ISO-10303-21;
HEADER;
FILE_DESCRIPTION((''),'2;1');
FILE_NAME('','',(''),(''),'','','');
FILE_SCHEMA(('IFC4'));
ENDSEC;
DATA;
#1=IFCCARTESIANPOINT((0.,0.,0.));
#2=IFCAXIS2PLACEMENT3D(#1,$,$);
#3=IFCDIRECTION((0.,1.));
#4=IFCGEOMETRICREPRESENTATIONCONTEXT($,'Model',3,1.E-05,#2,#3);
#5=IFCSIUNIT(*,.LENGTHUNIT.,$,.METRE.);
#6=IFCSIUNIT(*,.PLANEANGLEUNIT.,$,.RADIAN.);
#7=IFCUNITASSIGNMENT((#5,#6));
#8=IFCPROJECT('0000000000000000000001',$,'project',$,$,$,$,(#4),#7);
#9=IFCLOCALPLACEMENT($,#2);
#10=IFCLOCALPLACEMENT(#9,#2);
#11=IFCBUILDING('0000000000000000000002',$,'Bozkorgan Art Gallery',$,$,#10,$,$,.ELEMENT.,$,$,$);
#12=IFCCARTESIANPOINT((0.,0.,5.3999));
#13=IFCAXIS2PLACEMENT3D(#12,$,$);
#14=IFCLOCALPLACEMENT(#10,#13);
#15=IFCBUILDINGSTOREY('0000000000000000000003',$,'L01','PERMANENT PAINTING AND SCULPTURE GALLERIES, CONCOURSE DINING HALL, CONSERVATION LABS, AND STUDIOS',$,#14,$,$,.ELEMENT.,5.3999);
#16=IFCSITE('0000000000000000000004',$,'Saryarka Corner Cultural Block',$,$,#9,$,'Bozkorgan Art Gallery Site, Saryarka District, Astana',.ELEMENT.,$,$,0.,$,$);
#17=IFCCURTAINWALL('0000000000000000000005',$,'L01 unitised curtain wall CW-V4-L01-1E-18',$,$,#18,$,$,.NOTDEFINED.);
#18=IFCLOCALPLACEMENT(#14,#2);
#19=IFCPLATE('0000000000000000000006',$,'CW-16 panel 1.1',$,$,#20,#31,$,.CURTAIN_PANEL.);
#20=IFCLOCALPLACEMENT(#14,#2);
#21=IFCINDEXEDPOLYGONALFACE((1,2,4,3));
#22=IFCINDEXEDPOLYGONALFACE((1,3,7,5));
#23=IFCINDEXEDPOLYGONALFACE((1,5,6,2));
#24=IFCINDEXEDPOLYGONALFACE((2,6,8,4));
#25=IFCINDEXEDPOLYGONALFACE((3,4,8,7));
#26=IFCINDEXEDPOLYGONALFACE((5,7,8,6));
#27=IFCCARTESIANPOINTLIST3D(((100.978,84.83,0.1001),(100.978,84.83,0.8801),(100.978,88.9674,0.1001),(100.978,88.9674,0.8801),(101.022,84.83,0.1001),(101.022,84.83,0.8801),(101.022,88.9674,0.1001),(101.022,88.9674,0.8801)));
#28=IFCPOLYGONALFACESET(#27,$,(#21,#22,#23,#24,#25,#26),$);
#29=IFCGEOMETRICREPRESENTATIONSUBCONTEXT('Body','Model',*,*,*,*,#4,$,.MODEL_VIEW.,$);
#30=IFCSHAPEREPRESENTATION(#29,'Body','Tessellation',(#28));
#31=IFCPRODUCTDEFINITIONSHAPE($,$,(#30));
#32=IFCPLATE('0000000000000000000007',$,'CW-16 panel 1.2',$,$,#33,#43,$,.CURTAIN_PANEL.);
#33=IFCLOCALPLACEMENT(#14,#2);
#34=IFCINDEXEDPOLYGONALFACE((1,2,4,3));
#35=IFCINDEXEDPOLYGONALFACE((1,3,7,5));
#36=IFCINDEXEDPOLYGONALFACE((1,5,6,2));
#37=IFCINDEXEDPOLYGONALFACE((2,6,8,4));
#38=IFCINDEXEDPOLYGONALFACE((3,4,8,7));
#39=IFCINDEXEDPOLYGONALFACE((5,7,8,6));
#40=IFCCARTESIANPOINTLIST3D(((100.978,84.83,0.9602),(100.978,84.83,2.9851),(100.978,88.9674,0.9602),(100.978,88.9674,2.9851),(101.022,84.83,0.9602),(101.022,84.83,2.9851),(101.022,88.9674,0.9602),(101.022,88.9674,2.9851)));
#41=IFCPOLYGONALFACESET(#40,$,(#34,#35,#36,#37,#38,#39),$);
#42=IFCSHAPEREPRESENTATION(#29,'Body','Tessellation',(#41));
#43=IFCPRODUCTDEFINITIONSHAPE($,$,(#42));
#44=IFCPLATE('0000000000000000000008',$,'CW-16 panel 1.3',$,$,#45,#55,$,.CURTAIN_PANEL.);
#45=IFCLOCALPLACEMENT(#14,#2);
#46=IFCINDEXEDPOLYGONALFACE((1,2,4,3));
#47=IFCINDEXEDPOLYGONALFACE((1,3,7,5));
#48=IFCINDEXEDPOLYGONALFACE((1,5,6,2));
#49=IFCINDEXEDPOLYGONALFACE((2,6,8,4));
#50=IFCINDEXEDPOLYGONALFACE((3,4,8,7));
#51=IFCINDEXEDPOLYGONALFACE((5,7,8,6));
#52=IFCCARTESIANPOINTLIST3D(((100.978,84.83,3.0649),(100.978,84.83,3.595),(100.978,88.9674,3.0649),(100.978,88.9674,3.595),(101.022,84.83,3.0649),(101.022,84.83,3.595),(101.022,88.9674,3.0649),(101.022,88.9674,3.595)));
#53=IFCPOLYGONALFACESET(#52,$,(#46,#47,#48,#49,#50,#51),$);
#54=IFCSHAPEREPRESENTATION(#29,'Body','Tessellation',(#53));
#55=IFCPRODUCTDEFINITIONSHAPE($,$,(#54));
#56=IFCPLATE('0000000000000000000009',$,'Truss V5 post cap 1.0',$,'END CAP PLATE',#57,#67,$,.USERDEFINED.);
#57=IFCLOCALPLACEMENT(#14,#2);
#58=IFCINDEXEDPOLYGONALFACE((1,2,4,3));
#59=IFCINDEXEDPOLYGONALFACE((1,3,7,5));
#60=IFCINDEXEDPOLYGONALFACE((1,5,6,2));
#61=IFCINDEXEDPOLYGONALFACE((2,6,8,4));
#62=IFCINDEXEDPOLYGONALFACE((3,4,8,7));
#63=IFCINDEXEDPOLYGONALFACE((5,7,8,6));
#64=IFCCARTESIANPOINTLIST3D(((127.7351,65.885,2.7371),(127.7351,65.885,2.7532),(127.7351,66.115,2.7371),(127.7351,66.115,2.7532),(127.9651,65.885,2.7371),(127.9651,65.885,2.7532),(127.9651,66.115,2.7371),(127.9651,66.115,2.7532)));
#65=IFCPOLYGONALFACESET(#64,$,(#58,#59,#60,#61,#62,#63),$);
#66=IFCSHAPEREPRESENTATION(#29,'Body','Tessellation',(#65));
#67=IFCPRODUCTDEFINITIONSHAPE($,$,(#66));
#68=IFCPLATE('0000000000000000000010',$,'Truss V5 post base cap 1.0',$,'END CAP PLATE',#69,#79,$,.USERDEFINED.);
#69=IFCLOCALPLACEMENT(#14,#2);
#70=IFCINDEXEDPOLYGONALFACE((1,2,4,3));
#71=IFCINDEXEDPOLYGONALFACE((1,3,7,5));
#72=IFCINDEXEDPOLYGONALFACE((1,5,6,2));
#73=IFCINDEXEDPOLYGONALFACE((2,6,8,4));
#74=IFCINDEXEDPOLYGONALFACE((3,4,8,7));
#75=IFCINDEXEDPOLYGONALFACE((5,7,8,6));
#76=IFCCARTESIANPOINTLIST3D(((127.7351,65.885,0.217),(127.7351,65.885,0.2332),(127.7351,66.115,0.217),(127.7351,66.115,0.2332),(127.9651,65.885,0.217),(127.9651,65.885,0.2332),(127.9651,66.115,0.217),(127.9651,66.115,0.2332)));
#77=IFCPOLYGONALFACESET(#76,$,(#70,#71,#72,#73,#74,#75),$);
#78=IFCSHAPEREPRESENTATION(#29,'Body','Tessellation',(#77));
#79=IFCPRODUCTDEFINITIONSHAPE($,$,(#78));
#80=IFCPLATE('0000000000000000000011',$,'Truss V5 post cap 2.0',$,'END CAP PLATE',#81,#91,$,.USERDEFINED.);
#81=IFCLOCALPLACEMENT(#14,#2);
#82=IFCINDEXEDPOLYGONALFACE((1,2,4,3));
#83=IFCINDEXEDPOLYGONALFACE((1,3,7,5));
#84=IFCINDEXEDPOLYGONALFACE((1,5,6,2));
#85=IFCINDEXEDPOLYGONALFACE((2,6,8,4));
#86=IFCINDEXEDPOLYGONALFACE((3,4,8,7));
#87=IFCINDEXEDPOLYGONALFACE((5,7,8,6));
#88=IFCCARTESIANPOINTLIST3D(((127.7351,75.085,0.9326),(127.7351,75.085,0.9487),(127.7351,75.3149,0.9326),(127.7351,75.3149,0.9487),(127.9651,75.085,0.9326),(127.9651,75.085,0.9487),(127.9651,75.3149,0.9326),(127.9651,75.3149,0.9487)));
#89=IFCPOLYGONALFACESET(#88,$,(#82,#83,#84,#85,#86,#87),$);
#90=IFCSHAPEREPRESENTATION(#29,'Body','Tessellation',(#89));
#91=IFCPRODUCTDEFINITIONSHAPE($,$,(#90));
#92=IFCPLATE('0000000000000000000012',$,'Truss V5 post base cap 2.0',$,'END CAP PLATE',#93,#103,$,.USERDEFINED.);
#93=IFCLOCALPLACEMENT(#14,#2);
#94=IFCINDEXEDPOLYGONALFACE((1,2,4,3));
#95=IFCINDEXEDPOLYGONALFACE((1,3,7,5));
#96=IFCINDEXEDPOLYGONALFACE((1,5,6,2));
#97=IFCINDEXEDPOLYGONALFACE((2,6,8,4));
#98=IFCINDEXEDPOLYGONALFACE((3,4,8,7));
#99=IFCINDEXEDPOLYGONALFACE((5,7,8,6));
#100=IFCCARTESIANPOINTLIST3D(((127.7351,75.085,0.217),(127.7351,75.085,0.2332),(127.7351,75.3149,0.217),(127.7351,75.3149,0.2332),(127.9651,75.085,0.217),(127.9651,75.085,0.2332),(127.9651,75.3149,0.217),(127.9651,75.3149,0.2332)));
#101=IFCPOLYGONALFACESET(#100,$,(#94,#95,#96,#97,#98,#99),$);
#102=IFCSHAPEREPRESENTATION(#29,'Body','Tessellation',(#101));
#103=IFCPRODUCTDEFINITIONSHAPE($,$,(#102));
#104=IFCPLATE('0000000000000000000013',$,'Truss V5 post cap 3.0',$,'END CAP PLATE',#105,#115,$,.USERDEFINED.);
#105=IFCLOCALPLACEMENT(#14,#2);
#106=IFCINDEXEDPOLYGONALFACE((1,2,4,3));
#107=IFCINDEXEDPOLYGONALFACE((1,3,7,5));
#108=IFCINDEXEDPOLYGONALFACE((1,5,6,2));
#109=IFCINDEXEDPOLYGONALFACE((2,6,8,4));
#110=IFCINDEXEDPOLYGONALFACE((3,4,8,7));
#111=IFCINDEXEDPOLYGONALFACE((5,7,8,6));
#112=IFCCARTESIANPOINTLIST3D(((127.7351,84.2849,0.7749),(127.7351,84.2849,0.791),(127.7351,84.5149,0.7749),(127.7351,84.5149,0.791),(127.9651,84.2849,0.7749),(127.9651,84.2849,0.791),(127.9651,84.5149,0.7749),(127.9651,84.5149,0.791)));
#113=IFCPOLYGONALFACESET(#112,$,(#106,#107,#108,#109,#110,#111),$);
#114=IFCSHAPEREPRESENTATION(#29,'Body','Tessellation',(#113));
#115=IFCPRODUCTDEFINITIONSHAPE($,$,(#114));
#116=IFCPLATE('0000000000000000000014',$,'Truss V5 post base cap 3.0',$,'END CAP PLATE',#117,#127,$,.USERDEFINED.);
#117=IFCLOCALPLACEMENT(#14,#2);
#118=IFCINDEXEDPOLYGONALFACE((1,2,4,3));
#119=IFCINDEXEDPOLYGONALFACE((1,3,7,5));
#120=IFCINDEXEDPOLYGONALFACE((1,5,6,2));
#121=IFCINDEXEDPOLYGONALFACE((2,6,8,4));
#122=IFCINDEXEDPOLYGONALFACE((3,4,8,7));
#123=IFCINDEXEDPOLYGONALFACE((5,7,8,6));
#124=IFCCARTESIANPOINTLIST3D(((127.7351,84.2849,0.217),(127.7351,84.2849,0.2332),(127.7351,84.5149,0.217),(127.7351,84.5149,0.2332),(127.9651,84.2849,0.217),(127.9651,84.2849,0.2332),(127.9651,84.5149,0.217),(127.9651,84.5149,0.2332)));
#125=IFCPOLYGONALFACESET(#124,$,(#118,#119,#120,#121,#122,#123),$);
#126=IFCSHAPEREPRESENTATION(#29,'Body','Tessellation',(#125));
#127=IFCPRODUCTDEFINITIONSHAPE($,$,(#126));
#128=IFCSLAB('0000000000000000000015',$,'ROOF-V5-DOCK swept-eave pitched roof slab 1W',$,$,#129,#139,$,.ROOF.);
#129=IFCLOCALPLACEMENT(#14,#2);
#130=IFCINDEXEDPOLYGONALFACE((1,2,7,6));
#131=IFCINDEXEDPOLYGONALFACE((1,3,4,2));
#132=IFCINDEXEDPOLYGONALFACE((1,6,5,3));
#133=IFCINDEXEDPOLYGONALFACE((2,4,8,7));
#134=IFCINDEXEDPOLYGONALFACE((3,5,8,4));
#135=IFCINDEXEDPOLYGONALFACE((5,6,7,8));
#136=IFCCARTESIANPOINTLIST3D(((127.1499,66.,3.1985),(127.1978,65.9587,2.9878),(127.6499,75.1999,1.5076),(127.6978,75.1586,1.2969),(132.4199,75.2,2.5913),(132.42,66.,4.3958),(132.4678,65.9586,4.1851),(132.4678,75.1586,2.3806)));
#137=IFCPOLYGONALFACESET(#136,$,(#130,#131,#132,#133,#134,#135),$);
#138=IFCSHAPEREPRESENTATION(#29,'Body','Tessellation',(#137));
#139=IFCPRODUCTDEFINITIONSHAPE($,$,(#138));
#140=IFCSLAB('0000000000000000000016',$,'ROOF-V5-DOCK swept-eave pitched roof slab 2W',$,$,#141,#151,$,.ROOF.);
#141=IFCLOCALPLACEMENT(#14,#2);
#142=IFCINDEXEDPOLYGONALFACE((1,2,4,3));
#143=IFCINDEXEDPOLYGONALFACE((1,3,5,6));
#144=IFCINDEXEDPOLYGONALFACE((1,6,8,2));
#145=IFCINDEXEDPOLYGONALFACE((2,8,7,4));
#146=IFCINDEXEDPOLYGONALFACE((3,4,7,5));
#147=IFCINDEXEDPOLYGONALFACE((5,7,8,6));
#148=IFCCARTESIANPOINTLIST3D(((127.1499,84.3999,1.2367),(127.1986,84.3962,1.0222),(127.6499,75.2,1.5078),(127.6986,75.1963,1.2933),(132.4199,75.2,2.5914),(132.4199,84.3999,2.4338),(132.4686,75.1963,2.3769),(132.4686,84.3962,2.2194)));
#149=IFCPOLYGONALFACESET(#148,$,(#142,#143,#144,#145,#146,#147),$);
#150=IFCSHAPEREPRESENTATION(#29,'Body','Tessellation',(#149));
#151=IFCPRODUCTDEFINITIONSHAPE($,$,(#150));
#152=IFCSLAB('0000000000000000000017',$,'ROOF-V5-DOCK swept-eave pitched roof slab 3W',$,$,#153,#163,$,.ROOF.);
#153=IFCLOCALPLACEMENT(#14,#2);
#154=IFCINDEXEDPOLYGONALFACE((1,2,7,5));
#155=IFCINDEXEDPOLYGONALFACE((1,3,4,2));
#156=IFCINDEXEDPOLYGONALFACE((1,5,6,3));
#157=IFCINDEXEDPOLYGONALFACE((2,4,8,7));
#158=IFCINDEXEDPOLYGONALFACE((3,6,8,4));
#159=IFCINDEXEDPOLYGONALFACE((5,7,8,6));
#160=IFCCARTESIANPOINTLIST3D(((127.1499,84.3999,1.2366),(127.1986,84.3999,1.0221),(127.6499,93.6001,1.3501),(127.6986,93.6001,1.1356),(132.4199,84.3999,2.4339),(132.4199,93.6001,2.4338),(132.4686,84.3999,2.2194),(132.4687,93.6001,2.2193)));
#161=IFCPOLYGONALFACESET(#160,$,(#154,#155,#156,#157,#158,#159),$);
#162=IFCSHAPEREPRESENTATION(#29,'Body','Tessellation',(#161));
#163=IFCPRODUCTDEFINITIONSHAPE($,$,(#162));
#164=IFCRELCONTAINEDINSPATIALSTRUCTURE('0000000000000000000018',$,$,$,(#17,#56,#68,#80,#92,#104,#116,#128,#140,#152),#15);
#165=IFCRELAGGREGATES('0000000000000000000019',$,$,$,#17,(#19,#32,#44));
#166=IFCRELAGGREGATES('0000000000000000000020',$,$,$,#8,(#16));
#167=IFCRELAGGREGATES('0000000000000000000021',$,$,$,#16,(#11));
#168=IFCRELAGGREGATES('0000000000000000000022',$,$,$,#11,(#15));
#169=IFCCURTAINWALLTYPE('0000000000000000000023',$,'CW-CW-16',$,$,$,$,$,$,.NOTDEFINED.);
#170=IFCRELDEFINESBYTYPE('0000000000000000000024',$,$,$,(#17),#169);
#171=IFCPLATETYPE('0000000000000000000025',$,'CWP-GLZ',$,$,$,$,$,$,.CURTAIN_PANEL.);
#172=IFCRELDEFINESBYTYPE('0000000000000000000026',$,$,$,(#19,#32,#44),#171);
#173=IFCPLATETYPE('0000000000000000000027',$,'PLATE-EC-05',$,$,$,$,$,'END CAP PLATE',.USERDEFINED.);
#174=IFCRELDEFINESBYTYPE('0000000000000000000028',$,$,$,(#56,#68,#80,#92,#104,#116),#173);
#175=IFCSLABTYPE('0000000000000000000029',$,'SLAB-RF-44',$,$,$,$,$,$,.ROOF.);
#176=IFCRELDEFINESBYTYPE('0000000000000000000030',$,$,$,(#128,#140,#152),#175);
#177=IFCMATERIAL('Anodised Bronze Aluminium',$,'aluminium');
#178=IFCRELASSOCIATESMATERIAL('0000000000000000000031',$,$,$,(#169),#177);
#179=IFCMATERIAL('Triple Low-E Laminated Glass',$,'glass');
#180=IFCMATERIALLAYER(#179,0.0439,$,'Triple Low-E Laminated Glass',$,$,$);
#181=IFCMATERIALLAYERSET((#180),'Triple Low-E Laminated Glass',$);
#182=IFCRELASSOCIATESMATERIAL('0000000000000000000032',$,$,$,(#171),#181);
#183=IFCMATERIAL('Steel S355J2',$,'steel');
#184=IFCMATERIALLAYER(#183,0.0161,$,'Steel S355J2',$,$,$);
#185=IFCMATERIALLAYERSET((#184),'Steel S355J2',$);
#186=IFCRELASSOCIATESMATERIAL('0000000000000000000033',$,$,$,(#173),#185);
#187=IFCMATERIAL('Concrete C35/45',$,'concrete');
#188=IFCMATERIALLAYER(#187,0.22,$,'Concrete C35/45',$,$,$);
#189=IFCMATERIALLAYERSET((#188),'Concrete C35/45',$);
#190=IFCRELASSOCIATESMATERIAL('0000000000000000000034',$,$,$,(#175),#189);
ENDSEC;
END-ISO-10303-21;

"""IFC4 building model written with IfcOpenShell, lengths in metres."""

from ifc_helpers import new_model, si_unit, direction, frame, origin, origin_2d, place, context, subcontext, project, spatial, polyline, rectangle, outline, extrude, material, layer, layer_set, type_object, element, aggregate, save


model = new_model("IFC4")

# Units and contexts
model_context = context("Model", 3, precision=1e-05, world=origin(), true_north=direction((0.0, 1.0)))
body_context = subcontext(model_context, "Body", "Model", "MODEL_VIEW")
ifc_project = project(units=[si_unit("LENGTHUNIT", "METRE"), si_unit("PLANEANGLEUNIT", "RADIAN")], contexts=[model_context])

# Site, building, storey
site_placement = place(None, origin())
site = spatial("IfcSite", under=ifc_project, at=site_placement, Name="Saryarka Corner Cultural Block", LongName="Bozkorgan Art Gallery Site, Saryarka District, Astana", CompositionType="ELEMENT", RefElevation=0.0)
building_placement = place(site_placement, origin())
building = spatial("IfcBuilding", under=site, at=building_placement, Name="Bozkorgan Art Gallery", CompositionType="ELEMENT")
storey_placement = place(building_placement, frame((0.0, 0.0, 5.3999)))
storey = spatial("IfcBuildingStorey", under=building, at=storey_placement, Name="L01", Description="PERMANENT PAINTING AND SCULPTURE GALLERIES, CONCOURSE DINING HALL, CONSERVATION LABS, AND STUDIOS", CompositionType="ELEMENT", Elevation=5.3999)

# Shared definitions
ifc_material_1 = material(Name="Concrete C35/45", Category="concrete")
ifc_material_2 = material(Name="Steel S355J2", Category="steel")

# Shared definitions
ifc_material_3 = material(Name="Anodised Bronze Aluminium", Category="aluminium")
curtain_wall_type = type_object("IfcCurtainWallType", Name="CW-CW-16", PredefinedType="NOTDEFINED", material=ifc_material_3)

# Curtain wall
curtain_wall_1_placement = place(storey_placement, origin())
curtain_wall_1 = element("IfcCurtainWall", 1, at=curtain_wall_1_placement, inside=storey, type_object=curtain_wall_type, Name="L01 unitised curtain wall CW-V4-L01-1E-18", PredefinedType="NOTDEFINED")

# Plates
ifc_material_4 = material(Name="Triple Low-E Laminated Glass", Category="glass")
ifc_layer_1 = layer(ifc_material_4, 0.0439, Name="Triple Low-E Laminated Glass")
ifc_layer_set_1 = layer_set([ifc_layer_1], Name="Triple Low-E Laminated Glass")
plate_type_1 = type_object("IfcPlateType", Name="CWP-GLZ", PredefinedType="CURTAIN_PANEL", material=ifc_layer_set_1)
plate_1_placement = place(storey_placement, frame((101.0, 86.8987, 0.1001), z_axis=(0.0, 0.0, 1.0), x_axis=(0.0, 1.0, 0.0)))
plate_1 = element("IfcPlate", 2, at=plate_1_placement, type_object=plate_type_1, Name="CW-16 panel 1.1", PredefinedType="CURTAIN_PANEL", context=body_context, shape_type="SweptSolid", body=[
    extrude(rectangle(XDim=4.1375, YDim=0.0439, at=origin_2d()), origin(), (0.0, 0.0, 1.0), 0.78),
])
plate_2_placement = place(storey_placement, frame((101.0, 86.8987, 0.9602), z_axis=(0.0, 0.0, 1.0), x_axis=(0.0, 1.0, 0.0)))
plate_2 = element("IfcPlate", 3, at=plate_2_placement, type_object=plate_type_1, Name="CW-16 panel 1.2", PredefinedType="CURTAIN_PANEL", context=body_context, shape_type="SweptSolid", body=[
    extrude(rectangle(XDim=4.1375, YDim=0.0439, at=origin_2d()), origin(), (0.0, 0.0, 1.0), 2.0249),
])
plate_3_placement = place(storey_placement, frame((101.0, 86.8987, 3.0649), z_axis=(0.0, 0.0, 1.0), x_axis=(0.0, 1.0, 0.0)))
plate_3 = element("IfcPlate", 4, at=plate_3_placement, type_object=plate_type_1, Name="CW-16 panel 1.3", PredefinedType="CURTAIN_PANEL", context=body_context, shape_type="SweptSolid", body=[
    extrude(rectangle(XDim=4.1375, YDim=0.0439, at=origin_2d()), origin(), (0.0, 0.0, 1.0), 0.53),
])
aggregate(curtain_wall_1, [plate_1, plate_2, plate_3])

# Plates
ifc_layer_2 = layer(ifc_material_2, 0.0161, Name="Steel S355J2")
ifc_layer_set_2 = layer_set([ifc_layer_2], Name="Steel S355J2")
plate_type_2 = type_object("IfcPlateType", Name="PLATE-EC-05", ElementType="END CAP PLATE", PredefinedType="USERDEFINED", material=ifc_layer_set_2)
for number, where, z_axis, x_axis, name in (
    (5, (127.8501, 66.0, 2.7371), (0.0, 0.0, 1.0), (1.0, 0.0, 0.0), "Truss V5 post cap 1.0"),
    (6, (127.8501, 66.0, 0.217), (0.0, 0.0, 1.0), (1.0, 0.0, 0.0), "Truss V5 post base cap 1.0"),
    (7, (127.8501, 75.2, 0.9326), (0.0, 0.0, 1.0), (1.0, 0.0, 0.0), "Truss V5 post cap 2.0"),
    (8, (127.8501, 75.2, 0.217), (0.0, 0.0, 1.0), (1.0, 0.0, 0.0), "Truss V5 post base cap 2.0"),
    (9, (127.8501, 84.3999, 0.7749), (0.0, 0.0, 1.0), (1.0, 0.0, 0.0), "Truss V5 post cap 3.0"),
    (10, (127.8501, 84.3999, 0.217), (0.0, 0.0, 1.0), (1.0, 0.0, 0.0), "Truss V5 post base cap 3.0"),
):
    element("IfcPlate", number, at=place(storey_placement, frame(where, z_axis=z_axis, x_axis=x_axis)), inside=storey, type_object=plate_type_2, Name=name, ObjectType="END CAP PLATE", PredefinedType="USERDEFINED", context=body_context, shape_type="SweptSolid", body=[
        extrude(rectangle(XDim=0.23, YDim=0.23, at=origin_2d()), origin(), (0.0, 0.0, 1.0), 0.0161),
    ])

# Slabs
ifc_layer_3 = layer(ifc_material_1, 0.22, Name="Concrete C35/45")
ifc_layer_set_3 = layer_set([ifc_layer_3], Name="Concrete C35/45")
slab_type = type_object("IfcSlabType", Name="SLAB-RF-44", PredefinedType="ROOF", material=ifc_layer_set_3)
slab_1_placement = place(storey_placement, frame((127.1499, 66.0, 3.1985), z_axis=(-0.217601, 0.187861, 0.957788), x_axis=(0.97515, -0.000007, 0.221547)))
element("IfcSlab", 11, at=slab_1_placement, inside=storey, type_object=slab_type, Name="ROOF-V5-DOCK swept-eave pitched roof slab 1W", PredefinedType="ROOF", context=body_context, shape_type="SweptSolid", body=[
    extrude(outline(polyline([(0.0, 0.0), (5.4044, 0.0), (5.0045, 9.3668), (0.1129, 9.3667), (0.0, 0.0)])), origin(), (0.0, 0.0, -1.0), 0.22),
])
slab_2_placement = place(storey_placement, frame((127.6499, 75.2, 1.5078), z_axis=(-0.221492, 0.016699, 0.975019), x_axis=(0.975155, 0.0, 0.221523)))
element("IfcSlab", 12, at=slab_2_placement, inside=storey, type_object=slab_type, Name="ROOF-V5-DOCK swept-eave pitched roof slab 2W", PredefinedType="ROOF", context=body_context, shape_type="SweptSolid", body=[
    extrude(outline(polyline([(0.0, 0.0), (4.8915, 0.0), (4.8566, 9.2012), (-0.5477, 9.2012), (0.0, 0.0)])), origin(), (0.0, 0.0, -1.0), 0.22),
])
slab_3_placement = place(storey_placement, frame((127.1499, 84.3999, 1.2366), z_axis=(-0.221545, 0.000004, 0.97515), x_axis=(0.97515, 0.0, 0.221545)))
element("IfcSlab", 13, at=slab_3_placement, inside=storey, type_object=slab_type, Name="ROOF-V5-DOCK swept-eave pitched roof slab 3W", PredefinedType="ROOF", context=body_context, shape_type="SweptSolid", body=[
    extrude(outline(polyline([(0.0, 0.0), (5.4043, 0.0), (5.4043, 9.2002), (0.5127, 9.2002), (0.0, 0.0)])), origin(), (0.0, 0.0, -1.0), 0.22),
])

save(model, "model.ifc")
